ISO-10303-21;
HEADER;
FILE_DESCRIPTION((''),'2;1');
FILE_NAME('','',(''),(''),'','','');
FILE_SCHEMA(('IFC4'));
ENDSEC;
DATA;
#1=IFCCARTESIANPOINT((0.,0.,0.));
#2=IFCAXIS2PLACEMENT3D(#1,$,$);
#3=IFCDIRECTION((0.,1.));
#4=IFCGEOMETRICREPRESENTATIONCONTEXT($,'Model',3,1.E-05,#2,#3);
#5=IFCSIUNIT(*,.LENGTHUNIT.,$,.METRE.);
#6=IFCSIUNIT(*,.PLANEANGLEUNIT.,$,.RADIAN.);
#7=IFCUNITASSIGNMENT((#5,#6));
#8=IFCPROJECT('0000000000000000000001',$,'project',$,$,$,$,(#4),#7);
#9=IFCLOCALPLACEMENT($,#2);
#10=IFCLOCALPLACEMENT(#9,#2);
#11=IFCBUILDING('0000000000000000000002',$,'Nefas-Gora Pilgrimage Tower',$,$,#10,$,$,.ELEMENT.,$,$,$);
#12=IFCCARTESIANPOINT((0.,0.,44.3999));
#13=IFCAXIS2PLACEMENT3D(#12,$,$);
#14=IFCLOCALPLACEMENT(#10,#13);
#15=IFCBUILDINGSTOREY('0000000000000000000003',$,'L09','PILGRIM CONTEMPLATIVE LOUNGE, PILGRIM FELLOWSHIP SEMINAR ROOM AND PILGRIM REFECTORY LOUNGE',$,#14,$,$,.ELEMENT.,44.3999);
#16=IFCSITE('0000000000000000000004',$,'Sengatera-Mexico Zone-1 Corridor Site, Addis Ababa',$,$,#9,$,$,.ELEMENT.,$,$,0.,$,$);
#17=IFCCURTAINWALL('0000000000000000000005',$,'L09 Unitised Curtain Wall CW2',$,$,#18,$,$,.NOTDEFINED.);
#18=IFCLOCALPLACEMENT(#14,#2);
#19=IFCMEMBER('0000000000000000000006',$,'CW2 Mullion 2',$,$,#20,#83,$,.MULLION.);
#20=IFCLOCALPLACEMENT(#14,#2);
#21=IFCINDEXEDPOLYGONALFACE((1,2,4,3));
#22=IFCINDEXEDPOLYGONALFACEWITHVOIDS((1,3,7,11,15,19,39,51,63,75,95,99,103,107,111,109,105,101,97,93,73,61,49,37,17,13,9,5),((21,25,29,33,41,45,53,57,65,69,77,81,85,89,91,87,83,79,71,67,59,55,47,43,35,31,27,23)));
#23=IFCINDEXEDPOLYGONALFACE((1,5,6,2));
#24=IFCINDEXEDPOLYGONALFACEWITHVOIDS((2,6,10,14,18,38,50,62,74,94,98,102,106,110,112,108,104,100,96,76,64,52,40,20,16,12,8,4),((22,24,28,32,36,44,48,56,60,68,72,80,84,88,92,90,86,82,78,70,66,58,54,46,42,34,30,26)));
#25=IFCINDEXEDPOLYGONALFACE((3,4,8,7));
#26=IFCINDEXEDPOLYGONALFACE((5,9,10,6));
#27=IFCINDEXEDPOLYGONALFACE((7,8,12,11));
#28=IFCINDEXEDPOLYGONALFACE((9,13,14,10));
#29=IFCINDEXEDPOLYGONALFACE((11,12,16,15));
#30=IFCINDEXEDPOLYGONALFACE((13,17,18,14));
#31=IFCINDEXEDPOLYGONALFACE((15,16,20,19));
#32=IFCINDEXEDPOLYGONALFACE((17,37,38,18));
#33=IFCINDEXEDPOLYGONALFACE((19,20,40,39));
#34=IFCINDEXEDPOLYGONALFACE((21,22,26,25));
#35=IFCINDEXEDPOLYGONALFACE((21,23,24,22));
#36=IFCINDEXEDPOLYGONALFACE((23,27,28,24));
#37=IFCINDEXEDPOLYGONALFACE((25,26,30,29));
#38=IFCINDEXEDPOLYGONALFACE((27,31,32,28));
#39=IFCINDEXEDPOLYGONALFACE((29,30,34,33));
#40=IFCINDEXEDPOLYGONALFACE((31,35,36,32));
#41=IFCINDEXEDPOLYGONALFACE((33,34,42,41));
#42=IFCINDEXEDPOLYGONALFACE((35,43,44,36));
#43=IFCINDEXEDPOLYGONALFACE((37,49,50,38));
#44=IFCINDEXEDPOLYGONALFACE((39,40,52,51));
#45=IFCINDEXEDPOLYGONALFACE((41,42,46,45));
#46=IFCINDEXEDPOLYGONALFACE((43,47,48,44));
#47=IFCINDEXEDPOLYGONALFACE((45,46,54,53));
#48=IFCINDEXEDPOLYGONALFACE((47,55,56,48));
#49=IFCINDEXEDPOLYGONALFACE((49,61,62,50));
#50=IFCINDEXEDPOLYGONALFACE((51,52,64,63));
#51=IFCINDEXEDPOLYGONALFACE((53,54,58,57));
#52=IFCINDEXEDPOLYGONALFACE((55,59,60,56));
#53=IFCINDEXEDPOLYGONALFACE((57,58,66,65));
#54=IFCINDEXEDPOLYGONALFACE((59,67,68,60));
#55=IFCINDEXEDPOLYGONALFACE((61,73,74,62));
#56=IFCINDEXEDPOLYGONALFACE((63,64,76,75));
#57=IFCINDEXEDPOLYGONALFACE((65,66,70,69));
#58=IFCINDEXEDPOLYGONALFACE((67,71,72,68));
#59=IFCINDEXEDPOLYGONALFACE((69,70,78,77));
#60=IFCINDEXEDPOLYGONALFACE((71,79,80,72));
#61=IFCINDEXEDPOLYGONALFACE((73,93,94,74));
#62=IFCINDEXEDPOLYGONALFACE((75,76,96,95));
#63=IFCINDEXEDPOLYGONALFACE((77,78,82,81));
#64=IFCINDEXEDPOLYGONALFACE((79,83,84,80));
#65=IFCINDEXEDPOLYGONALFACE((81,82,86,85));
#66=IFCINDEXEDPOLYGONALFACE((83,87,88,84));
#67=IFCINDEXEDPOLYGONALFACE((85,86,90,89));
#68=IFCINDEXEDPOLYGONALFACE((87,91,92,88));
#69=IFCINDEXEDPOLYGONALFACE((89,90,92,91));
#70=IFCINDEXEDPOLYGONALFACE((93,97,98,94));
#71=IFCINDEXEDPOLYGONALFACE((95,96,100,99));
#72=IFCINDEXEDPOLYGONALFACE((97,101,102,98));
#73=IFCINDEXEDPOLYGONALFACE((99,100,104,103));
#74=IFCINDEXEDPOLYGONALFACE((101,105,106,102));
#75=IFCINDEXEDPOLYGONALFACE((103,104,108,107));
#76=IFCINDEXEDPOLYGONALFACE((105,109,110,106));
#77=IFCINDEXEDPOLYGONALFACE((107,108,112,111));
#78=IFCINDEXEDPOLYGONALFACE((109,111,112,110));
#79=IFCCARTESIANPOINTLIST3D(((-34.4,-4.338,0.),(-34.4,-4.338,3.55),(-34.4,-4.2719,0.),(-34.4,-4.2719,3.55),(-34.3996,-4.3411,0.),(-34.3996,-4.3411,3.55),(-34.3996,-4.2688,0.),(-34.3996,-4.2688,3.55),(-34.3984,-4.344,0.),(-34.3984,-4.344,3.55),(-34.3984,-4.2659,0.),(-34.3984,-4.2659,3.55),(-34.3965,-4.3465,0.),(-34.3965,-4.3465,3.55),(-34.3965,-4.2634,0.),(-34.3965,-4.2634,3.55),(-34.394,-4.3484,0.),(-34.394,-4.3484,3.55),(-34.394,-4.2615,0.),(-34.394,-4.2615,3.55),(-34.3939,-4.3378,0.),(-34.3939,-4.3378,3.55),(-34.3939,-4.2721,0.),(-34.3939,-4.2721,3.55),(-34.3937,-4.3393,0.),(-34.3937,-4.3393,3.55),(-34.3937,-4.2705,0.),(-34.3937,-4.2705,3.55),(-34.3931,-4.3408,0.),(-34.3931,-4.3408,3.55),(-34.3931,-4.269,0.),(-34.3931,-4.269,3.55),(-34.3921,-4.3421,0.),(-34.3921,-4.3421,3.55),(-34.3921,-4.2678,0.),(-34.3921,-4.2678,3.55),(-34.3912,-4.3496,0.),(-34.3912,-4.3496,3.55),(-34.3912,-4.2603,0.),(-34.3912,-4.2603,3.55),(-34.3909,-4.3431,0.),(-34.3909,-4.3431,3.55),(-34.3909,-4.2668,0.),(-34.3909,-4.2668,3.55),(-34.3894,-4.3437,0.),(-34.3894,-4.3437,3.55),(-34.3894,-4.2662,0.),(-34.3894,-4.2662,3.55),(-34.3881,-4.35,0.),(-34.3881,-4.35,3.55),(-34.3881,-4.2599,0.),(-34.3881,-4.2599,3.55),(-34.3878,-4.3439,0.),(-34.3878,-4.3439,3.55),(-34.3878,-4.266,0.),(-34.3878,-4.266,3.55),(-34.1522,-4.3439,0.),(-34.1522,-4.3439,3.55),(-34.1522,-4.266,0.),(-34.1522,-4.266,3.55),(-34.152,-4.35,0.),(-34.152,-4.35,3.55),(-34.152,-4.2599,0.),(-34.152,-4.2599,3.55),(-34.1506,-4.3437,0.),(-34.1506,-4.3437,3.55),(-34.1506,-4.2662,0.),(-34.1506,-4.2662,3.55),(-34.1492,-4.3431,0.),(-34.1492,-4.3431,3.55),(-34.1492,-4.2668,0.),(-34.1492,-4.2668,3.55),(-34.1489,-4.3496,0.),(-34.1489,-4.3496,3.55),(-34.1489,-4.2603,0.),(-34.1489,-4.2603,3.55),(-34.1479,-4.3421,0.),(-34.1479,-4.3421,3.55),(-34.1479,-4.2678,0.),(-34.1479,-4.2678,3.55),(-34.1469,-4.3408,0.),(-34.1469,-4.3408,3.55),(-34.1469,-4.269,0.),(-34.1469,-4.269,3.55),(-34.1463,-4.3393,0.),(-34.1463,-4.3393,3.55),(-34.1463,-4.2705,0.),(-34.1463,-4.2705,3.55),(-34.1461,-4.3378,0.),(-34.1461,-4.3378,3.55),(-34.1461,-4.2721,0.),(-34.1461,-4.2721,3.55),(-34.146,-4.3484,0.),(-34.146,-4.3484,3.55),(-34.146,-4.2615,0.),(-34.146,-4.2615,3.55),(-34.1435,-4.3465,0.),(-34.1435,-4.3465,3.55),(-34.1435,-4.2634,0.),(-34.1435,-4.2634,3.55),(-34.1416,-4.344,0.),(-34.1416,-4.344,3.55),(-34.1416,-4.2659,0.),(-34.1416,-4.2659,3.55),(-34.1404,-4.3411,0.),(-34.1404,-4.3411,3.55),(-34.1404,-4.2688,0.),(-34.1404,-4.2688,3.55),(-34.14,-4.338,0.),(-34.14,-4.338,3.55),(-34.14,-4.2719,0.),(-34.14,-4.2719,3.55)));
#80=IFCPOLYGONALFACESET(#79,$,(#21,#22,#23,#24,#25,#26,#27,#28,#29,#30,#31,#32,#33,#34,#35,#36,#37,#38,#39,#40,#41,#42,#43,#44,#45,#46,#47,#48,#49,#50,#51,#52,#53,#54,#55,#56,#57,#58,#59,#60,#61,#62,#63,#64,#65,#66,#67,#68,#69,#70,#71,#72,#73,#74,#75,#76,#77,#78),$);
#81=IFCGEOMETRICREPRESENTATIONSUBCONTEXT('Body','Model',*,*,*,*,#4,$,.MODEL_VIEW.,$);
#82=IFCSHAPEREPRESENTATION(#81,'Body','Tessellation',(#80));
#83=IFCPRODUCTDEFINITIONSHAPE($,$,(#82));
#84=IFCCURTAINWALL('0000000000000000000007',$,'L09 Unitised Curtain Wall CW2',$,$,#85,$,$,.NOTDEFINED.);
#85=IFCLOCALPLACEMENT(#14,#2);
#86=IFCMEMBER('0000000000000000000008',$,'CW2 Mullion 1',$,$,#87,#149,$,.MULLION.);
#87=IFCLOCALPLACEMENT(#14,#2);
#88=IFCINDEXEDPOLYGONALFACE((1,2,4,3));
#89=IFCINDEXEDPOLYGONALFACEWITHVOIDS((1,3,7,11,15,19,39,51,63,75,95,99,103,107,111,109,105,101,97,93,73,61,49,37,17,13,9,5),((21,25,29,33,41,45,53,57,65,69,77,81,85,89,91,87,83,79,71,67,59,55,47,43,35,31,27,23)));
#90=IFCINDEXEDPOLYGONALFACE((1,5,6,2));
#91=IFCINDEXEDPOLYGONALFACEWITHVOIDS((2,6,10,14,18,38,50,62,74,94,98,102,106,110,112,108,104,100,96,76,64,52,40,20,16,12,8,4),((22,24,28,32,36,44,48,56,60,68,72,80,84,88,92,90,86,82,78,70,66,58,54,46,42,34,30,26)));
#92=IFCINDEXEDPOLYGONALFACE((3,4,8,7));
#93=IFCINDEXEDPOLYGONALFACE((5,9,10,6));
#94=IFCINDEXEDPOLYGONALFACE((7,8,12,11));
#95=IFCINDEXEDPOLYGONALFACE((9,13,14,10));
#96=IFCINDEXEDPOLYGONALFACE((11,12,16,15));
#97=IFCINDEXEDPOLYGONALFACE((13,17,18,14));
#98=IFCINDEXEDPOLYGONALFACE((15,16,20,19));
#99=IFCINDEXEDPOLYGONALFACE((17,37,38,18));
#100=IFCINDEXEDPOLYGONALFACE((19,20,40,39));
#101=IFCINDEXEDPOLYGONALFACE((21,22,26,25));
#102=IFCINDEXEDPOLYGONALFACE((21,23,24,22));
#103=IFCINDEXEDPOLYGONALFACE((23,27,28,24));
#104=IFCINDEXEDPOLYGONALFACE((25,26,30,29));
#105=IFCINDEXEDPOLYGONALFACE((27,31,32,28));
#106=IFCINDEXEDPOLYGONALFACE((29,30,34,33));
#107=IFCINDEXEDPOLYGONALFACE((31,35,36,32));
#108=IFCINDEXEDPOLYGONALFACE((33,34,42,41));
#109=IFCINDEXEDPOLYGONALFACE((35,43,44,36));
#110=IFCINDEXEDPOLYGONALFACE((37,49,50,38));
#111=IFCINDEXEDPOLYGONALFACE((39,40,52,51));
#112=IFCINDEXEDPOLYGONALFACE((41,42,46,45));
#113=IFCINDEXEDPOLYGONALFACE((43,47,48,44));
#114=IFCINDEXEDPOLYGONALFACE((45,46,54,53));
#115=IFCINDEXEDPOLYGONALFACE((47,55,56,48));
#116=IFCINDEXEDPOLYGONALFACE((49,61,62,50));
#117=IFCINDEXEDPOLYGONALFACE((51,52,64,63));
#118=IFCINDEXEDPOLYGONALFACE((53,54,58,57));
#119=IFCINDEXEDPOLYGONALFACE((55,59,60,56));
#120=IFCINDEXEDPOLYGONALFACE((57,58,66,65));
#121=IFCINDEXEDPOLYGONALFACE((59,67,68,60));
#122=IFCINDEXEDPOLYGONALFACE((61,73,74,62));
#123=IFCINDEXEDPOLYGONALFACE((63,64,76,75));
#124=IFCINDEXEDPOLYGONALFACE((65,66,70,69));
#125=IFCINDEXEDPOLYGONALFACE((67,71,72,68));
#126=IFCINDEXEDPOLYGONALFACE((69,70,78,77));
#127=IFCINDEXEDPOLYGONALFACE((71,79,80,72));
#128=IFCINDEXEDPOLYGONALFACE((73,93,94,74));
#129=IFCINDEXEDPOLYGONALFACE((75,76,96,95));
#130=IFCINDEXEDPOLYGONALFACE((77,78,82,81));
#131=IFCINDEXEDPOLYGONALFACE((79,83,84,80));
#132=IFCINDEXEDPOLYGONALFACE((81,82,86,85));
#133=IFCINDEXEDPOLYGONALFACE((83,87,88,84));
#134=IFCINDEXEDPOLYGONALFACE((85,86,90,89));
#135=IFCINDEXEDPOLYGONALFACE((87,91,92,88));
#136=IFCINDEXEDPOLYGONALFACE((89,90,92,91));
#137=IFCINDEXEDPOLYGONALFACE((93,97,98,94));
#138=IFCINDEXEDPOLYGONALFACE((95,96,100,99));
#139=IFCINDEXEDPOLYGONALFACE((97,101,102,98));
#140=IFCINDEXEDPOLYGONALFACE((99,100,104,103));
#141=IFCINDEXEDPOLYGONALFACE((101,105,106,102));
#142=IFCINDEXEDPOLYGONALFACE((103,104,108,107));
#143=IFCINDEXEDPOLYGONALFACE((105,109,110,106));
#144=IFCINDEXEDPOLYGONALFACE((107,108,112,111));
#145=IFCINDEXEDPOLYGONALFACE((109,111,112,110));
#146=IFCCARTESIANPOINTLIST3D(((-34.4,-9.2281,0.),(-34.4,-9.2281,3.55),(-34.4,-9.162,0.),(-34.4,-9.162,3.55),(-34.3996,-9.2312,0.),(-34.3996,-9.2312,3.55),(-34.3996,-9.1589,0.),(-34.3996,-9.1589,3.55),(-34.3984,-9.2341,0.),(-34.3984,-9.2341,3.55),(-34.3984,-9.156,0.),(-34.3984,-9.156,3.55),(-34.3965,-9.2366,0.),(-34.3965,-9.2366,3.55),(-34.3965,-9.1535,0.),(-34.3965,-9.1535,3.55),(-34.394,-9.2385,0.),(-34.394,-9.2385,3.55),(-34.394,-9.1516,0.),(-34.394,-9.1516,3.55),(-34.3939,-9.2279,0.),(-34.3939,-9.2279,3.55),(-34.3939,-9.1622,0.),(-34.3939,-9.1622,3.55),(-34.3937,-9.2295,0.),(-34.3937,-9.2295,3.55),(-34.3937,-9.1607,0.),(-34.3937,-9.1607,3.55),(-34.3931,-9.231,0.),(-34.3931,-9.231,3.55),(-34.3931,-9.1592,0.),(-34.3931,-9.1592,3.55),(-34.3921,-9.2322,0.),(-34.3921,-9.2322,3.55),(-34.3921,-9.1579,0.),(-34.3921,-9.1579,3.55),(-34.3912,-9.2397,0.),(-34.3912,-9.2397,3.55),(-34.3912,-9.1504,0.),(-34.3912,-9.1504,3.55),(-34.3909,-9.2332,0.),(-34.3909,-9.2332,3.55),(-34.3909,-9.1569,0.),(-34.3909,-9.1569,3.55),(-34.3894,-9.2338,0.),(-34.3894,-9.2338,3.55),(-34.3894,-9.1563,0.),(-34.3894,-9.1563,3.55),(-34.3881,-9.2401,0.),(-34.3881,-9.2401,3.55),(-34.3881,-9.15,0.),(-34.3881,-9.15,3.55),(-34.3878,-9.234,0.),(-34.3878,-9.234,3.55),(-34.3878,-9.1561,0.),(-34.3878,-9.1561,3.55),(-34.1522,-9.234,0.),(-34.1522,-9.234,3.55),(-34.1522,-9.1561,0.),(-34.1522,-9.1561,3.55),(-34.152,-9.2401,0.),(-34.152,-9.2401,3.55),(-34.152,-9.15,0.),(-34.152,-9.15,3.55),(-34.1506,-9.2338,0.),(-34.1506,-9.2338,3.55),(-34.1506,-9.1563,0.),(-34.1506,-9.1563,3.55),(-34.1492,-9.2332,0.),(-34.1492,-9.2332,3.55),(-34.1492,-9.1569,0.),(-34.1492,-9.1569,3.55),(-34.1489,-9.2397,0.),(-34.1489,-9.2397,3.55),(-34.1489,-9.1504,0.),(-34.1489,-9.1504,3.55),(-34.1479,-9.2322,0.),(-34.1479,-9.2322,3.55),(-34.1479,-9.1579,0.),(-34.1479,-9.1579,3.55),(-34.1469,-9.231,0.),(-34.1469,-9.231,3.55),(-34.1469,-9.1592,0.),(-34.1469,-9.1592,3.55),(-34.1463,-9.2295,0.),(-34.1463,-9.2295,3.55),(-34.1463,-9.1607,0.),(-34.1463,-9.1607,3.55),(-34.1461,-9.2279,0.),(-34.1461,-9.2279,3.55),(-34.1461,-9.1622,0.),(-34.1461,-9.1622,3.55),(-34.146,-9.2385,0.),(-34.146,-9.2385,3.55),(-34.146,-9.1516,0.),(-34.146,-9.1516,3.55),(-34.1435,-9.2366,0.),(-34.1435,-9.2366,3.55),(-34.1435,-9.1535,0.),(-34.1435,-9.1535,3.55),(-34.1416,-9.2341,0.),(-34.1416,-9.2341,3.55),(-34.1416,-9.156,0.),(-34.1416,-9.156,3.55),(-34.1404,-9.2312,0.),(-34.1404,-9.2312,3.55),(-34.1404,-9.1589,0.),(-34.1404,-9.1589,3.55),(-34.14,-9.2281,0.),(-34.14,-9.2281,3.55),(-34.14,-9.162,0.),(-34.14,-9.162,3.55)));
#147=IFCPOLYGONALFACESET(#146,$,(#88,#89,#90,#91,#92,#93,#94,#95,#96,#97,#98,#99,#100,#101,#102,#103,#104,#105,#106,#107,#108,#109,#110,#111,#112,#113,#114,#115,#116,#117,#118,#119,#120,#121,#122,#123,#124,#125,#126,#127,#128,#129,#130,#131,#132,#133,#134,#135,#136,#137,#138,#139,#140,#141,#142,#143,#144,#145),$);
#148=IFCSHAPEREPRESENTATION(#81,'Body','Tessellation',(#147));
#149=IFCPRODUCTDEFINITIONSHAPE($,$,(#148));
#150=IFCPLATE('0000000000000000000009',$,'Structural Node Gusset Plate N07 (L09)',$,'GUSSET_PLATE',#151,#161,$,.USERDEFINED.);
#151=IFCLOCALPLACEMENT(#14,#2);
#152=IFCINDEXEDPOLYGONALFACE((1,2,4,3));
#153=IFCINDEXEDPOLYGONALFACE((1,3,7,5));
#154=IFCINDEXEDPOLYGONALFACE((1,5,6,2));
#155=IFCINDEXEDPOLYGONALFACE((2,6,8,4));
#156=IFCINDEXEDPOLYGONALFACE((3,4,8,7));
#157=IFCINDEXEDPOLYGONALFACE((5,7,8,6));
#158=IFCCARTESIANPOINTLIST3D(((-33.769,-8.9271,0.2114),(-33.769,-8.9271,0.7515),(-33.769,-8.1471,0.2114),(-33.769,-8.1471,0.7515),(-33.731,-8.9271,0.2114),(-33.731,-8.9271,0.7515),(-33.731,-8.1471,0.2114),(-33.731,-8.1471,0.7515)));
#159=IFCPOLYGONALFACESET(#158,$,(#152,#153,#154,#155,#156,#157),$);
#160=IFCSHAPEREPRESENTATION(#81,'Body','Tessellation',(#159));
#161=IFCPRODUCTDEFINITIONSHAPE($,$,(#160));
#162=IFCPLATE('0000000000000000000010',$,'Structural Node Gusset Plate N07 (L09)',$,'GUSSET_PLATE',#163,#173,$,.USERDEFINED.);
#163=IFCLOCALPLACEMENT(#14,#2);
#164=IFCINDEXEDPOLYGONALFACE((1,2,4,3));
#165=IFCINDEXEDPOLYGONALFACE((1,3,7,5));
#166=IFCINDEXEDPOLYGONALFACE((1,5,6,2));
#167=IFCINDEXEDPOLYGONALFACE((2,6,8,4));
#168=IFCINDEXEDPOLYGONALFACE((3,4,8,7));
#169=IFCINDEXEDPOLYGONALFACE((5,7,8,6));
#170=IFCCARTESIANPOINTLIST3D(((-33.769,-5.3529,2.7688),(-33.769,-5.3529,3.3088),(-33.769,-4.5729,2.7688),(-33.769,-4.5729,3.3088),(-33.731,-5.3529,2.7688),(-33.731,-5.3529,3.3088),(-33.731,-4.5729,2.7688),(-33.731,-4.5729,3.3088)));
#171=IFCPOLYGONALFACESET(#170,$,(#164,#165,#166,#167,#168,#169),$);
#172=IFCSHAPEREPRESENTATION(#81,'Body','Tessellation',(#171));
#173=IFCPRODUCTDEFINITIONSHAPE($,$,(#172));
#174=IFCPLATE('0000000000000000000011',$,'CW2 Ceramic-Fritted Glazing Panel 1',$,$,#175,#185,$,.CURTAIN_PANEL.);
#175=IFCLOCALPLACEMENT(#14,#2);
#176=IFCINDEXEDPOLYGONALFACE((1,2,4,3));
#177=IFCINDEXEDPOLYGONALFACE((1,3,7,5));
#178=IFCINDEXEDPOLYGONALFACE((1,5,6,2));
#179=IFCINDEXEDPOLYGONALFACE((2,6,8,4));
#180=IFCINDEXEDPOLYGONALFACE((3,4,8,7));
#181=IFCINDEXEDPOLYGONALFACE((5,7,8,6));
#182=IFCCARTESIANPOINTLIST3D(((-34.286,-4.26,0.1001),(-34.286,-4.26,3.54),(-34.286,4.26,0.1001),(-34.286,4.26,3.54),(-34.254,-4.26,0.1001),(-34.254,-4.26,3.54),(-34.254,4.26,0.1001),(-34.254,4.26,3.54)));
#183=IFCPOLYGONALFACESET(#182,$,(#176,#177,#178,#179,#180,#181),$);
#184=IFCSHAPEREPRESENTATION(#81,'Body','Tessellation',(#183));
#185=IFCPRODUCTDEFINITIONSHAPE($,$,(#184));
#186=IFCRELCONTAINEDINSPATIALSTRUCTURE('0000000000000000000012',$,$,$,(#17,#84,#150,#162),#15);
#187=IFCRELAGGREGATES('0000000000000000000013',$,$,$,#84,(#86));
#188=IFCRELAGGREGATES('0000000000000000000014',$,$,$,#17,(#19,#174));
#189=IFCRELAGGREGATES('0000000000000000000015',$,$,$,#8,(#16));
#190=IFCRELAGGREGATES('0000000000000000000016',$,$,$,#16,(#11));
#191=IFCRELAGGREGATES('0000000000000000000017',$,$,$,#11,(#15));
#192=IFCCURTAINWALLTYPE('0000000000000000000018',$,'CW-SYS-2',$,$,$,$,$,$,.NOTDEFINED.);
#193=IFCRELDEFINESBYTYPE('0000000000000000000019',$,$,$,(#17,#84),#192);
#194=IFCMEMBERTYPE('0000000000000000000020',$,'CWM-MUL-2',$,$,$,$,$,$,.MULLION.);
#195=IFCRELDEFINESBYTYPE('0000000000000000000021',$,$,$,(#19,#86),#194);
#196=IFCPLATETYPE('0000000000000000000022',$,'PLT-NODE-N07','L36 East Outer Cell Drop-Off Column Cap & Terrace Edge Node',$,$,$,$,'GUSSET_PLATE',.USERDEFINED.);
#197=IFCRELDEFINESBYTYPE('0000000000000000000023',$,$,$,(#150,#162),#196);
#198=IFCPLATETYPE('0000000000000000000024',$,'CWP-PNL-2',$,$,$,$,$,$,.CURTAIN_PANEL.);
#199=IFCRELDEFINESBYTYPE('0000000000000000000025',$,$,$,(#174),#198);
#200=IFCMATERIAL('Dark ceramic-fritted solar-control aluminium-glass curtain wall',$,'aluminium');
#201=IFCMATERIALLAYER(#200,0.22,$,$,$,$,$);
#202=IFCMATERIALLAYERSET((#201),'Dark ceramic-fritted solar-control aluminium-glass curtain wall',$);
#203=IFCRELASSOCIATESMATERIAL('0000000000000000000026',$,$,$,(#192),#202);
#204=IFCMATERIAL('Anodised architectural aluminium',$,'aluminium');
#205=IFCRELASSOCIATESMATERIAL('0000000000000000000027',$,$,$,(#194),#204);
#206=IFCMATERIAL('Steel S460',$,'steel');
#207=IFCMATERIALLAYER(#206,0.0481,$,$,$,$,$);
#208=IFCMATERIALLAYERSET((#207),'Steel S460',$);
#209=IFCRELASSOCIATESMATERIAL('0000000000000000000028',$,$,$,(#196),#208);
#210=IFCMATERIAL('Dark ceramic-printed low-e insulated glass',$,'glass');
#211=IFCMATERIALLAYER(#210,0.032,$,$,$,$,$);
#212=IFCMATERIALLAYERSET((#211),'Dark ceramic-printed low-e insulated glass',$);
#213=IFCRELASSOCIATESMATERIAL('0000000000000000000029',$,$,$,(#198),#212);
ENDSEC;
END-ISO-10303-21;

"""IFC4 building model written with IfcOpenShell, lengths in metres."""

from ifc_helpers import new_model, si_unit, direction, frame, origin, origin_2d, place, context, subcontext, project, spatial, rectangle, hollow_rectangle, extrude, source, transform, mapped, material, layer, layer_set, material_profile, profile_set, type_object, element, aggregate, save


model = new_model("IFC4")

# Units and contexts
model_context = context("Model", 3, precision=1e-05, world=origin(), true_north=direction((0.0, 1.0)))
body_context = subcontext(model_context, "Body", "Model", "MODEL_VIEW")
ifc_project = project(units=[si_unit("LENGTHUNIT", "METRE"), si_unit("PLANEANGLEUNIT", "RADIAN")], contexts=[model_context])

# Site, building, storey
site_placement = place(None, origin())
site = spatial("IfcSite", under=ifc_project, at=site_placement, Name="Sengatera-Mexico Zone-1 Corridor Site, Addis Ababa", CompositionType="ELEMENT", RefElevation=0.0)
building_placement = place(site_placement, origin())
building = spatial("IfcBuilding", under=site, at=building_placement, Name="Nefas-Gora Pilgrimage Tower", CompositionType="ELEMENT")
storey_placement = place(building_placement, frame((0.0, 0.0, 44.3999)))
storey = spatial("IfcBuildingStorey", under=building, at=storey_placement, Name="L09", Description="PILGRIM CONTEMPLATIVE LOUNGE, PILGRIM FELLOWSHIP SEMINAR ROOM AND PILGRIM REFECTORY LOUNGE", CompositionType="ELEMENT", Elevation=44.3999)

# Shared definitions
ifc_material_1 = material(Name="Steel S460", Category="steel")

# Curtain walls, members
ifc_material_2 = material(Name="Dark ceramic-fritted solar-control aluminium-glass curtain wall", Category="aluminium")
ifc_layer_1 = layer(ifc_material_2, 0.22)
ifc_layer_set_1 = layer_set([ifc_layer_1], Name="Dark ceramic-fritted solar-control aluminium-glass curtain wall")
curtain_wall_type = type_object("IfcCurtainWallType", Name="CW-SYS-2", PredefinedType="NOTDEFINED", material=ifc_layer_set_1)
curtain_wall_1_placement = place(storey_placement, origin())
curtain_wall_1 = element("IfcCurtainWall", 1, at=curtain_wall_1_placement, inside=storey, type_object=curtain_wall_type, Name="L09 Unitised Curtain Wall CW2", PredefinedType="NOTDEFINED")
ifc_material_3 = material(Name="Anodised architectural aluminium", Category="aluminium")
ifc_material_profile_1 = material_profile(ifc_material_3, hollow_rectangle(XDim=0.0901, YDim=0.26, WallThickness=0.0061, InnerFilletRadius=0.0061, OuterFilletRadius=0.012, at=origin_2d()), Name="ALU MULLION 90x260")
ifc_profile_set_1 = profile_set([ifc_material_profile_1], Name="Anodised architectural aluminium")
member_type_1 = type_object("IfcMemberType", Name="CWM-MUL-2", PredefinedType="MULLION", material=ifc_profile_set_1)
shared_shape_1 = source(origin(), body_context, "Body", "SweptSolid", [
    extrude(hollow_rectangle(XDim=0.0901, YDim=0.26, WallThickness=0.0061, InnerFilletRadius=0.0061, OuterFilletRadius=0.012, at=origin_2d()), origin(), (0.0, 0.0, 1.0), 3.55),
])
member_1_placement = place(storey_placement, frame((-34.27, -4.3049, 0.0), z_axis=(0.0, 0.0, 1.0), x_axis=(0.0, -1.0, 0.0)))
member_1 = element("IfcMember", 2, at=member_1_placement, type_object=member_type_1, Name="CW2 Mullion 2", PredefinedType="MULLION", context=body_context, shape_type="MappedRepresentation", body=[
    mapped(shared_shape_1, transform((0.0, 0.0, 0.0), x_axis=(1.0, 0.0, 0.0), y_axis=(0.0, 1.0, 0.0), z_axis=(0.0, 0.0, 1.0), scale=1.0)),
])
curtain_wall_2_placement = place(storey_placement, origin())
curtain_wall_2 = element("IfcCurtainWall", 3, at=curtain_wall_2_placement, inside=storey, type_object=curtain_wall_type, Name="L09 Unitised Curtain Wall CW2", PredefinedType="NOTDEFINED")
member_2_placement = place(storey_placement, frame((-34.27, -9.1951, 0.0), z_axis=(0.0, 0.0, 1.0), x_axis=(0.0, -1.0, 0.0)))
member_2 = element("IfcMember", 4, at=member_2_placement, type_object=member_type_1, Name="CW2 Mullion 1", PredefinedType="MULLION", context=body_context, shape_type="MappedRepresentation", body=[
    mapped(shared_shape_1, transform((0.0, 0.0, 0.0), x_axis=(1.0, 0.0, 0.0), y_axis=(0.0, 1.0, 0.0), z_axis=(0.0, 0.0, 1.0), scale=1.0)),
])
aggregate(curtain_wall_2, [member_2])

# Plates
ifc_layer_2 = layer(ifc_material_1, 0.0481)
ifc_layer_set_2 = layer_set([ifc_layer_2], Name="Steel S460")
plate_type_1 = type_object("IfcPlateType", Name="PLT-NODE-N07", Description="L36 East Outer Cell Drop-Off Column Cap & Terrace Edge Node", ElementType="GUSSET_PLATE", PredefinedType="USERDEFINED", material=ifc_layer_set_2)
shared_shape_2 = source(origin(), body_context, "Body", "SweptSolid", [
    extrude(rectangle(XDim=0.78, YDim=0.0381, at=origin_2d()), origin(), (0.0, 0.0, 1.0), 0.54),
])
for number, where, z_axis, x_axis, name in (
    (5, (-33.75, -8.5371, 0.2114), (0.0, 0.0, 1.0), (0.0, 1.0, 0.0), "Structural Node Gusset Plate N07 (L09)"),
    (6, (-33.75, -4.9629, 2.7688), (0.0, 0.0, 1.0), (0.0, 1.0, 0.0), "Structural Node Gusset Plate N07 (L09)"),
):
    element("IfcPlate", number, at=place(storey_placement, frame(where, z_axis=z_axis, x_axis=x_axis)), inside=storey, type_object=plate_type_1, Name=name, ObjectType="GUSSET_PLATE", PredefinedType="USERDEFINED", context=body_context, shape_type="MappedRepresentation", body=[
        mapped(shared_shape_2, transform((0.0, 0.0, 0.0), x_axis=(1.0, 0.0, 0.0), y_axis=(0.0, 1.0, 0.0), z_axis=(0.0, 0.0, 1.0), scale=1.0)),
    ])

# Plate
ifc_material_4 = material(Name="Dark ceramic-printed low-e insulated glass", Category="glass")
ifc_layer_3 = layer(ifc_material_4, 0.032)
ifc_layer_set_3 = layer_set([ifc_layer_3], Name="Dark ceramic-printed low-e insulated glass")
plate_type_2 = type_object("IfcPlateType", Name="CWP-PNL-2", PredefinedType="CURTAIN_PANEL", material=ifc_layer_set_3)
shared_shape_3 = source(origin(), body_context, "Body", "SweptSolid", [
    extrude(rectangle(XDim=8.52, YDim=0.032, at=origin_2d()), origin(), (0.0, 0.0, 1.0), 3.4399),
])
plate_placement = place(storey_placement, frame((-34.27, 0.0, 0.1001), z_axis=(0.0, 0.0, 1.0), x_axis=(0.0, -1.0, 0.0)))
plate = element("IfcPlate", 7, at=plate_placement, type_object=plate_type_2, Name="CW2 Ceramic-Fritted Glazing Panel 1", PredefinedType="CURTAIN_PANEL", context=body_context, shape_type="MappedRepresentation", body=[
    mapped(shared_shape_3, transform((0.0, 0.0, 0.0), x_axis=(1.0, 0.0, 0.0), y_axis=(0.0, 1.0, 0.0), z_axis=(0.0, 0.0, 1.0), scale=1.0)),
])
aggregate(curtain_wall_1, [member_1, plate])

save(model, "model.ifc")
